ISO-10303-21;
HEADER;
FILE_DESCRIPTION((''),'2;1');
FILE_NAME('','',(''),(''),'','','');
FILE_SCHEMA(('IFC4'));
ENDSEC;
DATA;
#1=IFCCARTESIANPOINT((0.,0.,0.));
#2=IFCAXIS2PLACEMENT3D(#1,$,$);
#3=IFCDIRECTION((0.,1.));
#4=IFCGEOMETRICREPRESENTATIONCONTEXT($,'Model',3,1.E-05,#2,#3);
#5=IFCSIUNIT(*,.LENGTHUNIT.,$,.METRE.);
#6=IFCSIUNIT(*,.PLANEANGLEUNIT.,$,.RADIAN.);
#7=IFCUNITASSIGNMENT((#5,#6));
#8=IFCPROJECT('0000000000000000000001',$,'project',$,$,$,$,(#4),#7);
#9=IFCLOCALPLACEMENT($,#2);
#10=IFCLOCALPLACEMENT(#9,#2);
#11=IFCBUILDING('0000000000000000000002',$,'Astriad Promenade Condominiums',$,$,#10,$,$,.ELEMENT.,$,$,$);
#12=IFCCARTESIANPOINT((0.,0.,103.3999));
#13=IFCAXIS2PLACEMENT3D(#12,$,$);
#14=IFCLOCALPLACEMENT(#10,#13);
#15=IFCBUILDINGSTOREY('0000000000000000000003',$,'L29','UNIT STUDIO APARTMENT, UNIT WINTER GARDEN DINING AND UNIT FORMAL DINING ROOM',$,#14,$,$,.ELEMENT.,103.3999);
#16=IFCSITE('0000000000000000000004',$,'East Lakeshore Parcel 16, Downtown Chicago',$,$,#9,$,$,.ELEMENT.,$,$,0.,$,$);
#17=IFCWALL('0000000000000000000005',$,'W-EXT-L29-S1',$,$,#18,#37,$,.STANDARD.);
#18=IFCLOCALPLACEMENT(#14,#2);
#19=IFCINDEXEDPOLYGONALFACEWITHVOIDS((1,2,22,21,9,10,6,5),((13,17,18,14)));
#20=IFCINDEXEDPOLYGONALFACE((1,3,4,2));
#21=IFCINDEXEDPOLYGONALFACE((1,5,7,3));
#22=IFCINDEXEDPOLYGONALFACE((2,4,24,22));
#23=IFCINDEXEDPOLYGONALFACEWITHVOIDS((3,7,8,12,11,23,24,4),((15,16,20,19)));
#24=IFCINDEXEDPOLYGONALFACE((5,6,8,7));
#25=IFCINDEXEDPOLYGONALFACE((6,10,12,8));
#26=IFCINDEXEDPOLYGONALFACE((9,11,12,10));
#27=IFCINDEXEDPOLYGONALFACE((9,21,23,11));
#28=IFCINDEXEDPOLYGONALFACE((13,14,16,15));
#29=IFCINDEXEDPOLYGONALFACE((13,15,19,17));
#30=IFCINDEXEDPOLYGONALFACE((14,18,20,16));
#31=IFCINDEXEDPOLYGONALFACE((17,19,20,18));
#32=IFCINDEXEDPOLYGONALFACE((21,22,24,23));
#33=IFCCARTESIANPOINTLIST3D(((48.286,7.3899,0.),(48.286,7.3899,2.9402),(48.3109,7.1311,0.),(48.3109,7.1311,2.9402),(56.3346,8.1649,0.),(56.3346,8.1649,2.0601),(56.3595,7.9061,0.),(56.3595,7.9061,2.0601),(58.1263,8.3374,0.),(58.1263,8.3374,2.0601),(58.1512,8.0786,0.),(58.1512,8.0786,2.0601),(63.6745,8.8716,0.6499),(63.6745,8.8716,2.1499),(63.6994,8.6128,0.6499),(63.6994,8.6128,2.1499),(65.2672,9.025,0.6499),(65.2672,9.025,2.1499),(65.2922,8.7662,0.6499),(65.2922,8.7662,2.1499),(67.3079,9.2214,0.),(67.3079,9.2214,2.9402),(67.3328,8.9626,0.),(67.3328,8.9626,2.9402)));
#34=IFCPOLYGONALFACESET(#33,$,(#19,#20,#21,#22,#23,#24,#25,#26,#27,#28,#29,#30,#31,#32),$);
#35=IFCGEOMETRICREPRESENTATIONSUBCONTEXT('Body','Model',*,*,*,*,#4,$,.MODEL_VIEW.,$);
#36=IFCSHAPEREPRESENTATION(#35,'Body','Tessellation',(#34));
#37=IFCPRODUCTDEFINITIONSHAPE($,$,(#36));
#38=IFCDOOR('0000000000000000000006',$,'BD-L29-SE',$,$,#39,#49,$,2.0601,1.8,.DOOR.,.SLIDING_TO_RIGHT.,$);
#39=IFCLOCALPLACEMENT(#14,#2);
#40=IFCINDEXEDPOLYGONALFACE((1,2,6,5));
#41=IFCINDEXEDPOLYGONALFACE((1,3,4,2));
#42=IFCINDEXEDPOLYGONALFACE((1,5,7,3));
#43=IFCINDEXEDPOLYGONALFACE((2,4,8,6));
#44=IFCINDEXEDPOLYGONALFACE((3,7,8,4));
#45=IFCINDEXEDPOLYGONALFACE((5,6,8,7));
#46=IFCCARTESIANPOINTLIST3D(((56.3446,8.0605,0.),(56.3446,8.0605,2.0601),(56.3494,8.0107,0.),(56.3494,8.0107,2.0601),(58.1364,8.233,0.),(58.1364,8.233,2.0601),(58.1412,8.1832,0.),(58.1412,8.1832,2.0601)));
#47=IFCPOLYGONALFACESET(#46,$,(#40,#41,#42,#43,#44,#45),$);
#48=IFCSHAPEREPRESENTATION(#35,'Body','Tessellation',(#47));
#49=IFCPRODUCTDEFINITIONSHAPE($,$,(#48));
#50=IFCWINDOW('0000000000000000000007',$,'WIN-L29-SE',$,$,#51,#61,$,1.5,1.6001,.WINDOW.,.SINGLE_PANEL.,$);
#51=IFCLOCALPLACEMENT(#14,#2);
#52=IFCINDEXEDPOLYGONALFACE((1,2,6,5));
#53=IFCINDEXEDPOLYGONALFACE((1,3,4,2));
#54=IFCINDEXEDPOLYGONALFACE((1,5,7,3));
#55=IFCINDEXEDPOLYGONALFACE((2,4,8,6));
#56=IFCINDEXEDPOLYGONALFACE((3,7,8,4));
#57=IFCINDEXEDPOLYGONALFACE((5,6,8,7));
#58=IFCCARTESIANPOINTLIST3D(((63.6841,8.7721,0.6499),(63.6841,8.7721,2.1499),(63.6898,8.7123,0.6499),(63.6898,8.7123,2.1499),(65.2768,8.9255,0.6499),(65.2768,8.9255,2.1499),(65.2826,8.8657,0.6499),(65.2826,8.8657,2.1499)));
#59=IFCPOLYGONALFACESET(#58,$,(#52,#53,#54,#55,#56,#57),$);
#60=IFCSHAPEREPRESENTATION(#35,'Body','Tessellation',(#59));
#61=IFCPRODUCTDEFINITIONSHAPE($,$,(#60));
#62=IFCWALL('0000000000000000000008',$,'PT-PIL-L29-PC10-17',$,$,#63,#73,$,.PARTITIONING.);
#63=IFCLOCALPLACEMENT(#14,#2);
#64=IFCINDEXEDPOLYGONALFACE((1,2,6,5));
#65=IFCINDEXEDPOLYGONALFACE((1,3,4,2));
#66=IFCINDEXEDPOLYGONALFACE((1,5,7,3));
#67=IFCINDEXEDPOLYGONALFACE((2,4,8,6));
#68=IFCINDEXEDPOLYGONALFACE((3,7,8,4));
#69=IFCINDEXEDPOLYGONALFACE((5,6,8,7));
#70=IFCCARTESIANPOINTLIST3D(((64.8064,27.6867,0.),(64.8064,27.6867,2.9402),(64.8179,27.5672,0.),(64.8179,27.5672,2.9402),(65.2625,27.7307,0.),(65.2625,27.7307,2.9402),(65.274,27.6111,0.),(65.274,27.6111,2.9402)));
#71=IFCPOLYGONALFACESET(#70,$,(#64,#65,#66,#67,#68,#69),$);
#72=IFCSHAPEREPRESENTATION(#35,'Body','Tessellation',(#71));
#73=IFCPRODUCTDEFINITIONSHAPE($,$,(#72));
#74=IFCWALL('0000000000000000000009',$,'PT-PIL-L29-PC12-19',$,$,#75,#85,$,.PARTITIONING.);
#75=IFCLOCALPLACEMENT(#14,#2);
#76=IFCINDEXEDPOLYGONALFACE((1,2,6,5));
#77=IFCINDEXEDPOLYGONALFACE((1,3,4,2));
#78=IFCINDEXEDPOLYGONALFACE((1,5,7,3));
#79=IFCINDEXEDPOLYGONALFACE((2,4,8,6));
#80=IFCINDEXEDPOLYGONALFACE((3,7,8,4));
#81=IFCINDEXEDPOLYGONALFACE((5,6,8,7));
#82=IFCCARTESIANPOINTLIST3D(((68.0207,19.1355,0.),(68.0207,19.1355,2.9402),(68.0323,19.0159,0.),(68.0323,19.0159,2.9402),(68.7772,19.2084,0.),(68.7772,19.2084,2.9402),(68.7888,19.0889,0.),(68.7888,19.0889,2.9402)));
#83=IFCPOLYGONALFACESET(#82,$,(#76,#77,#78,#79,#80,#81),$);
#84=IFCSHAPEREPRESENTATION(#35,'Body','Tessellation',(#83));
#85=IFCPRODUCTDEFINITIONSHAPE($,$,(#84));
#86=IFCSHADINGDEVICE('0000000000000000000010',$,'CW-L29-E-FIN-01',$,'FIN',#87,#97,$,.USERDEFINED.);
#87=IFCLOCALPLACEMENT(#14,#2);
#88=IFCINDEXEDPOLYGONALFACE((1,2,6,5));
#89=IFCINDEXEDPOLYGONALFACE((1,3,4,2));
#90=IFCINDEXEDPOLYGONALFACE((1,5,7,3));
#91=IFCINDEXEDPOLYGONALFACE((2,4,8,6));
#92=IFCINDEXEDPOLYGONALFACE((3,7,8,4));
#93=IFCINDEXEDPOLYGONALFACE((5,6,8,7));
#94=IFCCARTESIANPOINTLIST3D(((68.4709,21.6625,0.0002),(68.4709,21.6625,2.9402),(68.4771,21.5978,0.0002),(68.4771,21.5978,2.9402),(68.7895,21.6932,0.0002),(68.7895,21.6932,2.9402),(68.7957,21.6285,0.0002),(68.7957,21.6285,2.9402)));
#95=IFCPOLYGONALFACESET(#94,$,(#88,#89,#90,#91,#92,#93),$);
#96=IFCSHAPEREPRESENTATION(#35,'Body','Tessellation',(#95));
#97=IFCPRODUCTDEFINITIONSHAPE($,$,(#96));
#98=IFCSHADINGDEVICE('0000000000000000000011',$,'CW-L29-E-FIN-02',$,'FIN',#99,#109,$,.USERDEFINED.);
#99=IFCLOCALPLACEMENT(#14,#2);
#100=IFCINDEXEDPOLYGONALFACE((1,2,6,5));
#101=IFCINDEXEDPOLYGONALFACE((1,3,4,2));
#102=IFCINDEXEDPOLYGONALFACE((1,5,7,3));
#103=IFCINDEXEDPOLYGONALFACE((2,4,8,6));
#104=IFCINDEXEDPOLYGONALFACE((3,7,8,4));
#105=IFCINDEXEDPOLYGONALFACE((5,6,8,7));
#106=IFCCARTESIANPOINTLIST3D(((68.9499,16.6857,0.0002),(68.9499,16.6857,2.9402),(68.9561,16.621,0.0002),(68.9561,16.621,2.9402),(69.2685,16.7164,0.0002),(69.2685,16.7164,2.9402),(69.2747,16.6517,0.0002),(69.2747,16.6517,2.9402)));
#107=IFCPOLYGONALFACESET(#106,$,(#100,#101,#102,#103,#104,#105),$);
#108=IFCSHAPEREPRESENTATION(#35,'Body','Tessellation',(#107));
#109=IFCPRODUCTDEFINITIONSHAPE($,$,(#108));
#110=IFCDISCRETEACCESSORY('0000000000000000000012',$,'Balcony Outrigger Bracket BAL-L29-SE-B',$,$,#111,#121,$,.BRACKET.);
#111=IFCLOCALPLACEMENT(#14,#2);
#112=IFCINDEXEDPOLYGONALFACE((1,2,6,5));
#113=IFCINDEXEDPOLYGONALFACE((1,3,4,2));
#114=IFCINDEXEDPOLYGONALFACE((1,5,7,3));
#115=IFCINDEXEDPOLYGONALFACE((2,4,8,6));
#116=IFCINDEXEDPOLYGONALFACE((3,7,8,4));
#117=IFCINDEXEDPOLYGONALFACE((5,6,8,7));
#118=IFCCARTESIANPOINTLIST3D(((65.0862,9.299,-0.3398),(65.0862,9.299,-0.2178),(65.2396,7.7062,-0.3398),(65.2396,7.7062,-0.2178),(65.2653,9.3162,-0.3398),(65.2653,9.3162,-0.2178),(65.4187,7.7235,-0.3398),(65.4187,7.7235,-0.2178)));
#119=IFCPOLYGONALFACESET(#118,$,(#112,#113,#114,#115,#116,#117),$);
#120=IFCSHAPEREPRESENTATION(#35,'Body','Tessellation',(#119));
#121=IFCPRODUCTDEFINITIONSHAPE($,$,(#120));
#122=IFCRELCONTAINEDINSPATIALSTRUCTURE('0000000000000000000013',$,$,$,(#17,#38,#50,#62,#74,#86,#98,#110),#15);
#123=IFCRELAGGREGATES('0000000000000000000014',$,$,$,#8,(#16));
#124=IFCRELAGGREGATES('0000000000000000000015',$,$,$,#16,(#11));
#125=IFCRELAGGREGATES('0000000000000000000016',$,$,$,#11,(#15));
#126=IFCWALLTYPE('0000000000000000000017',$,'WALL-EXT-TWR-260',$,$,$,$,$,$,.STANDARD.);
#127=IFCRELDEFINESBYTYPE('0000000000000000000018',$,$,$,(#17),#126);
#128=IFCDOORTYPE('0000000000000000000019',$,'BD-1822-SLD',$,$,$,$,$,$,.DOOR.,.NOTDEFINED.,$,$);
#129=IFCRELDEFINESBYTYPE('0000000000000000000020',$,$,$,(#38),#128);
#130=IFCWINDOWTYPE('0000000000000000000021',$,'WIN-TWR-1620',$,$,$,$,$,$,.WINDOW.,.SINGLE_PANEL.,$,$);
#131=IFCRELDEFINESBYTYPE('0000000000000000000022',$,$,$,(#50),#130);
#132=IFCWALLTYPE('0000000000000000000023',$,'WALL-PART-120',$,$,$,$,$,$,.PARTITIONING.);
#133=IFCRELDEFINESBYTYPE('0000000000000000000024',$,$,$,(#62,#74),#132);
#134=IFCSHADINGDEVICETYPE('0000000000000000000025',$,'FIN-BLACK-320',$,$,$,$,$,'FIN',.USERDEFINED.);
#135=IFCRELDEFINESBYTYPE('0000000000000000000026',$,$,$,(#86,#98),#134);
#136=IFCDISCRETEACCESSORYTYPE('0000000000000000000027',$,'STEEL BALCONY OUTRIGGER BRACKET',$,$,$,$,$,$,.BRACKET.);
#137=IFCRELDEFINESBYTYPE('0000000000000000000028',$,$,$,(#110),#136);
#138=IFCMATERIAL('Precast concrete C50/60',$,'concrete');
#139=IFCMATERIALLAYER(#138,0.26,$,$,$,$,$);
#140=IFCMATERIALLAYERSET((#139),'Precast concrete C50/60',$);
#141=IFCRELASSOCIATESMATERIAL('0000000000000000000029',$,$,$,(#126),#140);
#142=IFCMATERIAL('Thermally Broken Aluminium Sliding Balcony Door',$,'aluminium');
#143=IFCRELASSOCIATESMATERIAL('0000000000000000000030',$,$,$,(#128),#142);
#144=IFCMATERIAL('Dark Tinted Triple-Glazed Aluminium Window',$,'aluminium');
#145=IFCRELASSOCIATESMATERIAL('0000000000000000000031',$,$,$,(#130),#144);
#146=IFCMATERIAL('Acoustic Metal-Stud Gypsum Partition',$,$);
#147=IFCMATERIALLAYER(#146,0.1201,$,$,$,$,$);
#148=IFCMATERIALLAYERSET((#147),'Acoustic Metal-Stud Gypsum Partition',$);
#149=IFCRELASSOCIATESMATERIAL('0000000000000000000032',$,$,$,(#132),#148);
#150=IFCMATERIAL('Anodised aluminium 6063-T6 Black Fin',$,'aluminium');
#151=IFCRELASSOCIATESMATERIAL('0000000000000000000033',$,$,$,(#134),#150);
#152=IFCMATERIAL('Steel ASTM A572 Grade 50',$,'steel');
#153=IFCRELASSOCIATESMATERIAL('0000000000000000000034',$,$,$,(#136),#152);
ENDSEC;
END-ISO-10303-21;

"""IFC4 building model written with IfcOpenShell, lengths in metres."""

from ifc_helpers import new_model, si_unit, direction, frame, frame_2d, origin, origin_2d, place, context, subcontext, project, spatial, rectangle, extrude, source, transform, mapped, material, layer, layer_set, type_object, type_shapes, element, fill, save


model = new_model("IFC4")

# Units and contexts
model_context = context("Model", 3, precision=1e-05, world=origin(), true_north=direction((0.0, 1.0)))
body_context = subcontext(model_context, "Body", "Model", "MODEL_VIEW")
ifc_project = project(units=[si_unit("LENGTHUNIT", "METRE"), si_unit("PLANEANGLEUNIT", "RADIAN")], contexts=[model_context])

# Site, building, storey
site_placement = place(None, origin())
site = spatial("IfcSite", under=ifc_project, at=site_placement, Name="East Lakeshore Parcel 16, Downtown Chicago", CompositionType="ELEMENT", RefElevation=0.0)
building_placement = place(site_placement, origin())
building = spatial("IfcBuilding", under=site, at=building_placement, Name="Astriad Promenade Condominiums", CompositionType="ELEMENT")
storey_placement = place(building_placement, frame((0.0, 0.0, 103.3999)))
storey = spatial("IfcBuildingStorey", under=building, at=storey_placement, Name="L29", Description="UNIT STUDIO APARTMENT, UNIT WINTER GARDEN DINING AND UNIT FORMAL DINING ROOM", CompositionType="ELEMENT", Elevation=103.3999)

# Shared definitions
ifc_material_1 = material(Name="Precast concrete C50/60", Category="concrete")
ifc_layer_1 = layer(ifc_material_1, 0.26)
ifc_layer_set_1 = layer_set([ifc_layer_1], Name="Precast concrete C50/60")
wall_type_1 = type_object("IfcWallType", Name="WALL-EXT-TWR-260", PredefinedType="STANDARD", material=ifc_layer_set_1)

# Wall, openings, door, window
wall_1_placement = place(storey_placement, frame((67.3203, 9.092, 0.0), z_axis=(0.0, 0.0, 1.0), x_axis=(-0.995397, -0.095842, 0.0)))
wall_1 = element("IfcWall", 1, at=wall_1_placement, inside=storey, type_object=wall_type_1, Name="W-EXT-L29-S1", PredefinedType="STANDARD", context=body_context, shape_type="SweptSolid", body=[
    extrude(rectangle(XDim=19.1099, YDim=0.26, at=frame_2d((9.5549, 0.0))), origin(), (0.0, 0.0, 1.0), 2.9402),
])
opening_1_placement = place(wall_1_placement, frame((9.2241, 0.0, 0.0)))
opening_1 = element("IfcOpeningElement", 2, at=opening_1_placement, cuts=wall_1, PredefinedType="OPENING", context=body_context, shape_type="SweptSolid", body=[
    extrude(rectangle(XDim=1.8, YDim=2.0601, at=frame_2d((0.8999, 1.03))), frame((0.0, 0.1399, 0.0), z_axis=(0.0, -1.0, 0.0), x_axis=(1.0, 0.0, 0.0)), (0.0, 0.0, 1.0), 0.28),
])
opening_2_placement = place(wall_1_placement, frame((2.05, 0.0, 0.6499)))
opening_2 = element("IfcOpeningElement", 3, at=opening_2_placement, cuts=wall_1, PredefinedType="OPENING", context=body_context, shape_type="SweptSolid", body=[
    extrude(rectangle(XDim=1.6001, YDim=1.5, at=frame_2d((0.8, 0.75))), frame((0.0, 0.1399, 0.0), z_axis=(0.0, -1.0, 0.0), x_axis=(1.0, 0.0, 0.0)), (0.0, 0.0, 1.0), 0.28),
])
ifc_material_2 = material(Name="Thermally Broken Aluminium Sliding Balcony Door", Category="aluminium")
door_type = type_object("IfcDoorType", Name="BD-1822-SLD", OperationType="NOTDEFINED", PredefinedType="DOOR", material=ifc_material_2)
shared_shape_1 = source(origin(), body_context, "Body", "SweptSolid", [
    extrude(rectangle(XDim=1.8, YDim=2.0601, at=frame_2d((0.8999, 1.03))), frame((0.0, 0.0249, 0.0), z_axis=(0.0, -1.0, 0.0), x_axis=(1.0, 0.0, 0.0)), (0.0, 0.0, 1.0), 0.05),
])
type_shapes(door_type, [shared_shape_1])
door_placement = place(opening_1_placement, origin())
door = element("IfcDoor", 4, at=door_placement, inside=storey, type_object=door_type, Name="BD-L29-SE", OperationType="SLIDING_TO_RIGHT", OverallHeight=2.0601, OverallWidth=1.8, PredefinedType="DOOR", context=body_context, shape_type="MappedRepresentation", body=[
    mapped(shared_shape_1, transform((0.0, 0.0, 0.0), scale=1.0)),
])
fill(opening_1, door)
ifc_material_3 = material(Name="Dark Tinted Triple-Glazed Aluminium Window", Category="aluminium")
window_type = type_object("IfcWindowType", Name="WIN-TWR-1620", PartitioningType="SINGLE_PANEL", PredefinedType="WINDOW", material=ifc_material_3)
shared_shape_2 = source(origin(), body_context, "Body", "SweptSolid", [
    extrude(rectangle(XDim=1.6001, YDim=1.5, at=frame_2d((0.8, 0.75))), frame((0.0, 0.03, 0.0), z_axis=(0.0, -1.0, 0.0), x_axis=(1.0, 0.0, 0.0)), (0.0, 0.0, 1.0), 0.0601),
])
type_shapes(window_type, [shared_shape_2])
window_placement = place(opening_2_placement, origin())
window = element("IfcWindow", 5, at=window_placement, inside=storey, type_object=window_type, Name="WIN-L29-SE", OverallHeight=1.5, OverallWidth=1.6001, PartitioningType="SINGLE_PANEL", PredefinedType="WINDOW", context=body_context, shape_type="MappedRepresentation", body=[
    mapped(shared_shape_2, transform((0.0, 0.0, 0.0), scale=1.0)),
])
fill(opening_2, window)

# Walls
ifc_material_4 = material(Name="Acoustic Metal-Stud Gypsum Partition")
ifc_layer_2 = layer(ifc_material_4, 0.1201)
ifc_layer_set_2 = layer_set([ifc_layer_2], Name="Acoustic Metal-Stud Gypsum Partition")
wall_type_2 = type_object("IfcWallType", Name="WALL-PART-120", PredefinedType="PARTITIONING", material=ifc_layer_set_2)
wall_2_placement = place(storey_placement, frame((64.8123, 27.627, 0.0), z_axis=(0.0, 0.0, 1.0), x_axis=(0.995389, 0.095915, 0.0)))
element("IfcWall", 6, at=wall_2_placement, inside=storey, type_object=wall_type_2, Name="PT-PIL-L29-PC10-17", PredefinedType="PARTITIONING", context=body_context, shape_type="SweptSolid", body=[
    extrude(rectangle(XDim=0.4583, YDim=0.1201, at=frame_2d((0.229, 0.0))), origin(), (0.0, 0.0, 1.0), 2.9402),
])
wall_3_placement = place(storey_placement, frame((68.0266, 19.0757, 0.0), z_axis=(0.0, 0.0, 1.0), x_axis=(0.995378, 0.096037, 0.0)))
element("IfcWall", 7, at=wall_3_placement, inside=storey, type_object=wall_type_2, Name="PT-PIL-L29-PC12-19", PredefinedType="PARTITIONING", context=body_context, shape_type="SweptSolid", body=[
    extrude(rectangle(XDim=0.76, YDim=0.1201, at=frame_2d((0.3799, 0.0))), origin(), (0.0, 0.0, 1.0), 2.9402),
])

# Shading devices
ifc_material_5 = material(Name="Anodised aluminium 6063-T6 Black Fin", Category="aluminium")
shading_device_type = type_object("IfcShadingDeviceType", Name="FIN-BLACK-320", ElementType="FIN", PredefinedType="USERDEFINED", material=ifc_material_5)
shared_shape_3 = source(origin(), body_context, "Body", "SweptSolid", [
    extrude(rectangle(XDim=0.0649, YDim=0.3201, at=origin_2d()), origin(), (0.0, 0.0, 1.0), 2.9399),
])
type_shapes(shading_device_type, [shared_shape_3])
for number, where, z_axis, x_axis, name in (
    (8, (68.6333, 21.6455, 0.0002), (0.0, 0.0, 1.0), (0.095846, -0.995396, 0.0), "CW-L29-E-FIN-01"),
    (9, (69.1123, 16.6687, 0.0002), (0.0, 0.0, 1.0), (0.095846, -0.995396, 0.0), "CW-L29-E-FIN-02"),
):
    element("IfcShadingDevice", number, at=place(storey_placement, frame(where, z_axis=z_axis, x_axis=x_axis)), inside=storey, type_object=shading_device_type, Name=name, ObjectType="FIN", PredefinedType="USERDEFINED", context=body_context, shape_type="MappedRepresentation", body=[
        mapped(shared_shape_3, transform((0.0, 0.0, 0.0), scale=1.0)),
    ])

# Discrete accessory
ifc_material_6 = material(Name="Steel ASTM A572 Grade 50", Category="steel")
discrete_accessory_type = type_object("IfcDiscreteAccessoryType", Name="STEEL BALCONY OUTRIGGER BRACKET", PredefinedType="BRACKET", material=ifc_material_6)
shared_shape_4 = source(origin(), body_context, "Body", "SweptSolid", [
    extrude(rectangle(XDim=1.6001, YDim=0.1799, at=origin_2d()), origin(), (0.0, 0.0, 1.0), 0.1221),
])
type_shapes(discrete_accessory_type, [shared_shape_4])
discrete_accessory_placement = place(storey_placement, frame((65.2524, 8.5112, -0.3398), z_axis=(0.0, 0.0, 1.0), x_axis=(0.095846, -0.995396, 0.0)))
element("IfcDiscreteAccessory", 10, at=discrete_accessory_placement, inside=storey, type_object=discrete_accessory_type, Name="Balcony Outrigger Bracket BAL-L29-SE-B", PredefinedType="BRACKET", context=body_context, shape_type="MappedRepresentation", body=[
    mapped(shared_shape_4, transform((0.0, 0.0, 0.0), scale=1.0)),
])

save(model, "model.ifc")
